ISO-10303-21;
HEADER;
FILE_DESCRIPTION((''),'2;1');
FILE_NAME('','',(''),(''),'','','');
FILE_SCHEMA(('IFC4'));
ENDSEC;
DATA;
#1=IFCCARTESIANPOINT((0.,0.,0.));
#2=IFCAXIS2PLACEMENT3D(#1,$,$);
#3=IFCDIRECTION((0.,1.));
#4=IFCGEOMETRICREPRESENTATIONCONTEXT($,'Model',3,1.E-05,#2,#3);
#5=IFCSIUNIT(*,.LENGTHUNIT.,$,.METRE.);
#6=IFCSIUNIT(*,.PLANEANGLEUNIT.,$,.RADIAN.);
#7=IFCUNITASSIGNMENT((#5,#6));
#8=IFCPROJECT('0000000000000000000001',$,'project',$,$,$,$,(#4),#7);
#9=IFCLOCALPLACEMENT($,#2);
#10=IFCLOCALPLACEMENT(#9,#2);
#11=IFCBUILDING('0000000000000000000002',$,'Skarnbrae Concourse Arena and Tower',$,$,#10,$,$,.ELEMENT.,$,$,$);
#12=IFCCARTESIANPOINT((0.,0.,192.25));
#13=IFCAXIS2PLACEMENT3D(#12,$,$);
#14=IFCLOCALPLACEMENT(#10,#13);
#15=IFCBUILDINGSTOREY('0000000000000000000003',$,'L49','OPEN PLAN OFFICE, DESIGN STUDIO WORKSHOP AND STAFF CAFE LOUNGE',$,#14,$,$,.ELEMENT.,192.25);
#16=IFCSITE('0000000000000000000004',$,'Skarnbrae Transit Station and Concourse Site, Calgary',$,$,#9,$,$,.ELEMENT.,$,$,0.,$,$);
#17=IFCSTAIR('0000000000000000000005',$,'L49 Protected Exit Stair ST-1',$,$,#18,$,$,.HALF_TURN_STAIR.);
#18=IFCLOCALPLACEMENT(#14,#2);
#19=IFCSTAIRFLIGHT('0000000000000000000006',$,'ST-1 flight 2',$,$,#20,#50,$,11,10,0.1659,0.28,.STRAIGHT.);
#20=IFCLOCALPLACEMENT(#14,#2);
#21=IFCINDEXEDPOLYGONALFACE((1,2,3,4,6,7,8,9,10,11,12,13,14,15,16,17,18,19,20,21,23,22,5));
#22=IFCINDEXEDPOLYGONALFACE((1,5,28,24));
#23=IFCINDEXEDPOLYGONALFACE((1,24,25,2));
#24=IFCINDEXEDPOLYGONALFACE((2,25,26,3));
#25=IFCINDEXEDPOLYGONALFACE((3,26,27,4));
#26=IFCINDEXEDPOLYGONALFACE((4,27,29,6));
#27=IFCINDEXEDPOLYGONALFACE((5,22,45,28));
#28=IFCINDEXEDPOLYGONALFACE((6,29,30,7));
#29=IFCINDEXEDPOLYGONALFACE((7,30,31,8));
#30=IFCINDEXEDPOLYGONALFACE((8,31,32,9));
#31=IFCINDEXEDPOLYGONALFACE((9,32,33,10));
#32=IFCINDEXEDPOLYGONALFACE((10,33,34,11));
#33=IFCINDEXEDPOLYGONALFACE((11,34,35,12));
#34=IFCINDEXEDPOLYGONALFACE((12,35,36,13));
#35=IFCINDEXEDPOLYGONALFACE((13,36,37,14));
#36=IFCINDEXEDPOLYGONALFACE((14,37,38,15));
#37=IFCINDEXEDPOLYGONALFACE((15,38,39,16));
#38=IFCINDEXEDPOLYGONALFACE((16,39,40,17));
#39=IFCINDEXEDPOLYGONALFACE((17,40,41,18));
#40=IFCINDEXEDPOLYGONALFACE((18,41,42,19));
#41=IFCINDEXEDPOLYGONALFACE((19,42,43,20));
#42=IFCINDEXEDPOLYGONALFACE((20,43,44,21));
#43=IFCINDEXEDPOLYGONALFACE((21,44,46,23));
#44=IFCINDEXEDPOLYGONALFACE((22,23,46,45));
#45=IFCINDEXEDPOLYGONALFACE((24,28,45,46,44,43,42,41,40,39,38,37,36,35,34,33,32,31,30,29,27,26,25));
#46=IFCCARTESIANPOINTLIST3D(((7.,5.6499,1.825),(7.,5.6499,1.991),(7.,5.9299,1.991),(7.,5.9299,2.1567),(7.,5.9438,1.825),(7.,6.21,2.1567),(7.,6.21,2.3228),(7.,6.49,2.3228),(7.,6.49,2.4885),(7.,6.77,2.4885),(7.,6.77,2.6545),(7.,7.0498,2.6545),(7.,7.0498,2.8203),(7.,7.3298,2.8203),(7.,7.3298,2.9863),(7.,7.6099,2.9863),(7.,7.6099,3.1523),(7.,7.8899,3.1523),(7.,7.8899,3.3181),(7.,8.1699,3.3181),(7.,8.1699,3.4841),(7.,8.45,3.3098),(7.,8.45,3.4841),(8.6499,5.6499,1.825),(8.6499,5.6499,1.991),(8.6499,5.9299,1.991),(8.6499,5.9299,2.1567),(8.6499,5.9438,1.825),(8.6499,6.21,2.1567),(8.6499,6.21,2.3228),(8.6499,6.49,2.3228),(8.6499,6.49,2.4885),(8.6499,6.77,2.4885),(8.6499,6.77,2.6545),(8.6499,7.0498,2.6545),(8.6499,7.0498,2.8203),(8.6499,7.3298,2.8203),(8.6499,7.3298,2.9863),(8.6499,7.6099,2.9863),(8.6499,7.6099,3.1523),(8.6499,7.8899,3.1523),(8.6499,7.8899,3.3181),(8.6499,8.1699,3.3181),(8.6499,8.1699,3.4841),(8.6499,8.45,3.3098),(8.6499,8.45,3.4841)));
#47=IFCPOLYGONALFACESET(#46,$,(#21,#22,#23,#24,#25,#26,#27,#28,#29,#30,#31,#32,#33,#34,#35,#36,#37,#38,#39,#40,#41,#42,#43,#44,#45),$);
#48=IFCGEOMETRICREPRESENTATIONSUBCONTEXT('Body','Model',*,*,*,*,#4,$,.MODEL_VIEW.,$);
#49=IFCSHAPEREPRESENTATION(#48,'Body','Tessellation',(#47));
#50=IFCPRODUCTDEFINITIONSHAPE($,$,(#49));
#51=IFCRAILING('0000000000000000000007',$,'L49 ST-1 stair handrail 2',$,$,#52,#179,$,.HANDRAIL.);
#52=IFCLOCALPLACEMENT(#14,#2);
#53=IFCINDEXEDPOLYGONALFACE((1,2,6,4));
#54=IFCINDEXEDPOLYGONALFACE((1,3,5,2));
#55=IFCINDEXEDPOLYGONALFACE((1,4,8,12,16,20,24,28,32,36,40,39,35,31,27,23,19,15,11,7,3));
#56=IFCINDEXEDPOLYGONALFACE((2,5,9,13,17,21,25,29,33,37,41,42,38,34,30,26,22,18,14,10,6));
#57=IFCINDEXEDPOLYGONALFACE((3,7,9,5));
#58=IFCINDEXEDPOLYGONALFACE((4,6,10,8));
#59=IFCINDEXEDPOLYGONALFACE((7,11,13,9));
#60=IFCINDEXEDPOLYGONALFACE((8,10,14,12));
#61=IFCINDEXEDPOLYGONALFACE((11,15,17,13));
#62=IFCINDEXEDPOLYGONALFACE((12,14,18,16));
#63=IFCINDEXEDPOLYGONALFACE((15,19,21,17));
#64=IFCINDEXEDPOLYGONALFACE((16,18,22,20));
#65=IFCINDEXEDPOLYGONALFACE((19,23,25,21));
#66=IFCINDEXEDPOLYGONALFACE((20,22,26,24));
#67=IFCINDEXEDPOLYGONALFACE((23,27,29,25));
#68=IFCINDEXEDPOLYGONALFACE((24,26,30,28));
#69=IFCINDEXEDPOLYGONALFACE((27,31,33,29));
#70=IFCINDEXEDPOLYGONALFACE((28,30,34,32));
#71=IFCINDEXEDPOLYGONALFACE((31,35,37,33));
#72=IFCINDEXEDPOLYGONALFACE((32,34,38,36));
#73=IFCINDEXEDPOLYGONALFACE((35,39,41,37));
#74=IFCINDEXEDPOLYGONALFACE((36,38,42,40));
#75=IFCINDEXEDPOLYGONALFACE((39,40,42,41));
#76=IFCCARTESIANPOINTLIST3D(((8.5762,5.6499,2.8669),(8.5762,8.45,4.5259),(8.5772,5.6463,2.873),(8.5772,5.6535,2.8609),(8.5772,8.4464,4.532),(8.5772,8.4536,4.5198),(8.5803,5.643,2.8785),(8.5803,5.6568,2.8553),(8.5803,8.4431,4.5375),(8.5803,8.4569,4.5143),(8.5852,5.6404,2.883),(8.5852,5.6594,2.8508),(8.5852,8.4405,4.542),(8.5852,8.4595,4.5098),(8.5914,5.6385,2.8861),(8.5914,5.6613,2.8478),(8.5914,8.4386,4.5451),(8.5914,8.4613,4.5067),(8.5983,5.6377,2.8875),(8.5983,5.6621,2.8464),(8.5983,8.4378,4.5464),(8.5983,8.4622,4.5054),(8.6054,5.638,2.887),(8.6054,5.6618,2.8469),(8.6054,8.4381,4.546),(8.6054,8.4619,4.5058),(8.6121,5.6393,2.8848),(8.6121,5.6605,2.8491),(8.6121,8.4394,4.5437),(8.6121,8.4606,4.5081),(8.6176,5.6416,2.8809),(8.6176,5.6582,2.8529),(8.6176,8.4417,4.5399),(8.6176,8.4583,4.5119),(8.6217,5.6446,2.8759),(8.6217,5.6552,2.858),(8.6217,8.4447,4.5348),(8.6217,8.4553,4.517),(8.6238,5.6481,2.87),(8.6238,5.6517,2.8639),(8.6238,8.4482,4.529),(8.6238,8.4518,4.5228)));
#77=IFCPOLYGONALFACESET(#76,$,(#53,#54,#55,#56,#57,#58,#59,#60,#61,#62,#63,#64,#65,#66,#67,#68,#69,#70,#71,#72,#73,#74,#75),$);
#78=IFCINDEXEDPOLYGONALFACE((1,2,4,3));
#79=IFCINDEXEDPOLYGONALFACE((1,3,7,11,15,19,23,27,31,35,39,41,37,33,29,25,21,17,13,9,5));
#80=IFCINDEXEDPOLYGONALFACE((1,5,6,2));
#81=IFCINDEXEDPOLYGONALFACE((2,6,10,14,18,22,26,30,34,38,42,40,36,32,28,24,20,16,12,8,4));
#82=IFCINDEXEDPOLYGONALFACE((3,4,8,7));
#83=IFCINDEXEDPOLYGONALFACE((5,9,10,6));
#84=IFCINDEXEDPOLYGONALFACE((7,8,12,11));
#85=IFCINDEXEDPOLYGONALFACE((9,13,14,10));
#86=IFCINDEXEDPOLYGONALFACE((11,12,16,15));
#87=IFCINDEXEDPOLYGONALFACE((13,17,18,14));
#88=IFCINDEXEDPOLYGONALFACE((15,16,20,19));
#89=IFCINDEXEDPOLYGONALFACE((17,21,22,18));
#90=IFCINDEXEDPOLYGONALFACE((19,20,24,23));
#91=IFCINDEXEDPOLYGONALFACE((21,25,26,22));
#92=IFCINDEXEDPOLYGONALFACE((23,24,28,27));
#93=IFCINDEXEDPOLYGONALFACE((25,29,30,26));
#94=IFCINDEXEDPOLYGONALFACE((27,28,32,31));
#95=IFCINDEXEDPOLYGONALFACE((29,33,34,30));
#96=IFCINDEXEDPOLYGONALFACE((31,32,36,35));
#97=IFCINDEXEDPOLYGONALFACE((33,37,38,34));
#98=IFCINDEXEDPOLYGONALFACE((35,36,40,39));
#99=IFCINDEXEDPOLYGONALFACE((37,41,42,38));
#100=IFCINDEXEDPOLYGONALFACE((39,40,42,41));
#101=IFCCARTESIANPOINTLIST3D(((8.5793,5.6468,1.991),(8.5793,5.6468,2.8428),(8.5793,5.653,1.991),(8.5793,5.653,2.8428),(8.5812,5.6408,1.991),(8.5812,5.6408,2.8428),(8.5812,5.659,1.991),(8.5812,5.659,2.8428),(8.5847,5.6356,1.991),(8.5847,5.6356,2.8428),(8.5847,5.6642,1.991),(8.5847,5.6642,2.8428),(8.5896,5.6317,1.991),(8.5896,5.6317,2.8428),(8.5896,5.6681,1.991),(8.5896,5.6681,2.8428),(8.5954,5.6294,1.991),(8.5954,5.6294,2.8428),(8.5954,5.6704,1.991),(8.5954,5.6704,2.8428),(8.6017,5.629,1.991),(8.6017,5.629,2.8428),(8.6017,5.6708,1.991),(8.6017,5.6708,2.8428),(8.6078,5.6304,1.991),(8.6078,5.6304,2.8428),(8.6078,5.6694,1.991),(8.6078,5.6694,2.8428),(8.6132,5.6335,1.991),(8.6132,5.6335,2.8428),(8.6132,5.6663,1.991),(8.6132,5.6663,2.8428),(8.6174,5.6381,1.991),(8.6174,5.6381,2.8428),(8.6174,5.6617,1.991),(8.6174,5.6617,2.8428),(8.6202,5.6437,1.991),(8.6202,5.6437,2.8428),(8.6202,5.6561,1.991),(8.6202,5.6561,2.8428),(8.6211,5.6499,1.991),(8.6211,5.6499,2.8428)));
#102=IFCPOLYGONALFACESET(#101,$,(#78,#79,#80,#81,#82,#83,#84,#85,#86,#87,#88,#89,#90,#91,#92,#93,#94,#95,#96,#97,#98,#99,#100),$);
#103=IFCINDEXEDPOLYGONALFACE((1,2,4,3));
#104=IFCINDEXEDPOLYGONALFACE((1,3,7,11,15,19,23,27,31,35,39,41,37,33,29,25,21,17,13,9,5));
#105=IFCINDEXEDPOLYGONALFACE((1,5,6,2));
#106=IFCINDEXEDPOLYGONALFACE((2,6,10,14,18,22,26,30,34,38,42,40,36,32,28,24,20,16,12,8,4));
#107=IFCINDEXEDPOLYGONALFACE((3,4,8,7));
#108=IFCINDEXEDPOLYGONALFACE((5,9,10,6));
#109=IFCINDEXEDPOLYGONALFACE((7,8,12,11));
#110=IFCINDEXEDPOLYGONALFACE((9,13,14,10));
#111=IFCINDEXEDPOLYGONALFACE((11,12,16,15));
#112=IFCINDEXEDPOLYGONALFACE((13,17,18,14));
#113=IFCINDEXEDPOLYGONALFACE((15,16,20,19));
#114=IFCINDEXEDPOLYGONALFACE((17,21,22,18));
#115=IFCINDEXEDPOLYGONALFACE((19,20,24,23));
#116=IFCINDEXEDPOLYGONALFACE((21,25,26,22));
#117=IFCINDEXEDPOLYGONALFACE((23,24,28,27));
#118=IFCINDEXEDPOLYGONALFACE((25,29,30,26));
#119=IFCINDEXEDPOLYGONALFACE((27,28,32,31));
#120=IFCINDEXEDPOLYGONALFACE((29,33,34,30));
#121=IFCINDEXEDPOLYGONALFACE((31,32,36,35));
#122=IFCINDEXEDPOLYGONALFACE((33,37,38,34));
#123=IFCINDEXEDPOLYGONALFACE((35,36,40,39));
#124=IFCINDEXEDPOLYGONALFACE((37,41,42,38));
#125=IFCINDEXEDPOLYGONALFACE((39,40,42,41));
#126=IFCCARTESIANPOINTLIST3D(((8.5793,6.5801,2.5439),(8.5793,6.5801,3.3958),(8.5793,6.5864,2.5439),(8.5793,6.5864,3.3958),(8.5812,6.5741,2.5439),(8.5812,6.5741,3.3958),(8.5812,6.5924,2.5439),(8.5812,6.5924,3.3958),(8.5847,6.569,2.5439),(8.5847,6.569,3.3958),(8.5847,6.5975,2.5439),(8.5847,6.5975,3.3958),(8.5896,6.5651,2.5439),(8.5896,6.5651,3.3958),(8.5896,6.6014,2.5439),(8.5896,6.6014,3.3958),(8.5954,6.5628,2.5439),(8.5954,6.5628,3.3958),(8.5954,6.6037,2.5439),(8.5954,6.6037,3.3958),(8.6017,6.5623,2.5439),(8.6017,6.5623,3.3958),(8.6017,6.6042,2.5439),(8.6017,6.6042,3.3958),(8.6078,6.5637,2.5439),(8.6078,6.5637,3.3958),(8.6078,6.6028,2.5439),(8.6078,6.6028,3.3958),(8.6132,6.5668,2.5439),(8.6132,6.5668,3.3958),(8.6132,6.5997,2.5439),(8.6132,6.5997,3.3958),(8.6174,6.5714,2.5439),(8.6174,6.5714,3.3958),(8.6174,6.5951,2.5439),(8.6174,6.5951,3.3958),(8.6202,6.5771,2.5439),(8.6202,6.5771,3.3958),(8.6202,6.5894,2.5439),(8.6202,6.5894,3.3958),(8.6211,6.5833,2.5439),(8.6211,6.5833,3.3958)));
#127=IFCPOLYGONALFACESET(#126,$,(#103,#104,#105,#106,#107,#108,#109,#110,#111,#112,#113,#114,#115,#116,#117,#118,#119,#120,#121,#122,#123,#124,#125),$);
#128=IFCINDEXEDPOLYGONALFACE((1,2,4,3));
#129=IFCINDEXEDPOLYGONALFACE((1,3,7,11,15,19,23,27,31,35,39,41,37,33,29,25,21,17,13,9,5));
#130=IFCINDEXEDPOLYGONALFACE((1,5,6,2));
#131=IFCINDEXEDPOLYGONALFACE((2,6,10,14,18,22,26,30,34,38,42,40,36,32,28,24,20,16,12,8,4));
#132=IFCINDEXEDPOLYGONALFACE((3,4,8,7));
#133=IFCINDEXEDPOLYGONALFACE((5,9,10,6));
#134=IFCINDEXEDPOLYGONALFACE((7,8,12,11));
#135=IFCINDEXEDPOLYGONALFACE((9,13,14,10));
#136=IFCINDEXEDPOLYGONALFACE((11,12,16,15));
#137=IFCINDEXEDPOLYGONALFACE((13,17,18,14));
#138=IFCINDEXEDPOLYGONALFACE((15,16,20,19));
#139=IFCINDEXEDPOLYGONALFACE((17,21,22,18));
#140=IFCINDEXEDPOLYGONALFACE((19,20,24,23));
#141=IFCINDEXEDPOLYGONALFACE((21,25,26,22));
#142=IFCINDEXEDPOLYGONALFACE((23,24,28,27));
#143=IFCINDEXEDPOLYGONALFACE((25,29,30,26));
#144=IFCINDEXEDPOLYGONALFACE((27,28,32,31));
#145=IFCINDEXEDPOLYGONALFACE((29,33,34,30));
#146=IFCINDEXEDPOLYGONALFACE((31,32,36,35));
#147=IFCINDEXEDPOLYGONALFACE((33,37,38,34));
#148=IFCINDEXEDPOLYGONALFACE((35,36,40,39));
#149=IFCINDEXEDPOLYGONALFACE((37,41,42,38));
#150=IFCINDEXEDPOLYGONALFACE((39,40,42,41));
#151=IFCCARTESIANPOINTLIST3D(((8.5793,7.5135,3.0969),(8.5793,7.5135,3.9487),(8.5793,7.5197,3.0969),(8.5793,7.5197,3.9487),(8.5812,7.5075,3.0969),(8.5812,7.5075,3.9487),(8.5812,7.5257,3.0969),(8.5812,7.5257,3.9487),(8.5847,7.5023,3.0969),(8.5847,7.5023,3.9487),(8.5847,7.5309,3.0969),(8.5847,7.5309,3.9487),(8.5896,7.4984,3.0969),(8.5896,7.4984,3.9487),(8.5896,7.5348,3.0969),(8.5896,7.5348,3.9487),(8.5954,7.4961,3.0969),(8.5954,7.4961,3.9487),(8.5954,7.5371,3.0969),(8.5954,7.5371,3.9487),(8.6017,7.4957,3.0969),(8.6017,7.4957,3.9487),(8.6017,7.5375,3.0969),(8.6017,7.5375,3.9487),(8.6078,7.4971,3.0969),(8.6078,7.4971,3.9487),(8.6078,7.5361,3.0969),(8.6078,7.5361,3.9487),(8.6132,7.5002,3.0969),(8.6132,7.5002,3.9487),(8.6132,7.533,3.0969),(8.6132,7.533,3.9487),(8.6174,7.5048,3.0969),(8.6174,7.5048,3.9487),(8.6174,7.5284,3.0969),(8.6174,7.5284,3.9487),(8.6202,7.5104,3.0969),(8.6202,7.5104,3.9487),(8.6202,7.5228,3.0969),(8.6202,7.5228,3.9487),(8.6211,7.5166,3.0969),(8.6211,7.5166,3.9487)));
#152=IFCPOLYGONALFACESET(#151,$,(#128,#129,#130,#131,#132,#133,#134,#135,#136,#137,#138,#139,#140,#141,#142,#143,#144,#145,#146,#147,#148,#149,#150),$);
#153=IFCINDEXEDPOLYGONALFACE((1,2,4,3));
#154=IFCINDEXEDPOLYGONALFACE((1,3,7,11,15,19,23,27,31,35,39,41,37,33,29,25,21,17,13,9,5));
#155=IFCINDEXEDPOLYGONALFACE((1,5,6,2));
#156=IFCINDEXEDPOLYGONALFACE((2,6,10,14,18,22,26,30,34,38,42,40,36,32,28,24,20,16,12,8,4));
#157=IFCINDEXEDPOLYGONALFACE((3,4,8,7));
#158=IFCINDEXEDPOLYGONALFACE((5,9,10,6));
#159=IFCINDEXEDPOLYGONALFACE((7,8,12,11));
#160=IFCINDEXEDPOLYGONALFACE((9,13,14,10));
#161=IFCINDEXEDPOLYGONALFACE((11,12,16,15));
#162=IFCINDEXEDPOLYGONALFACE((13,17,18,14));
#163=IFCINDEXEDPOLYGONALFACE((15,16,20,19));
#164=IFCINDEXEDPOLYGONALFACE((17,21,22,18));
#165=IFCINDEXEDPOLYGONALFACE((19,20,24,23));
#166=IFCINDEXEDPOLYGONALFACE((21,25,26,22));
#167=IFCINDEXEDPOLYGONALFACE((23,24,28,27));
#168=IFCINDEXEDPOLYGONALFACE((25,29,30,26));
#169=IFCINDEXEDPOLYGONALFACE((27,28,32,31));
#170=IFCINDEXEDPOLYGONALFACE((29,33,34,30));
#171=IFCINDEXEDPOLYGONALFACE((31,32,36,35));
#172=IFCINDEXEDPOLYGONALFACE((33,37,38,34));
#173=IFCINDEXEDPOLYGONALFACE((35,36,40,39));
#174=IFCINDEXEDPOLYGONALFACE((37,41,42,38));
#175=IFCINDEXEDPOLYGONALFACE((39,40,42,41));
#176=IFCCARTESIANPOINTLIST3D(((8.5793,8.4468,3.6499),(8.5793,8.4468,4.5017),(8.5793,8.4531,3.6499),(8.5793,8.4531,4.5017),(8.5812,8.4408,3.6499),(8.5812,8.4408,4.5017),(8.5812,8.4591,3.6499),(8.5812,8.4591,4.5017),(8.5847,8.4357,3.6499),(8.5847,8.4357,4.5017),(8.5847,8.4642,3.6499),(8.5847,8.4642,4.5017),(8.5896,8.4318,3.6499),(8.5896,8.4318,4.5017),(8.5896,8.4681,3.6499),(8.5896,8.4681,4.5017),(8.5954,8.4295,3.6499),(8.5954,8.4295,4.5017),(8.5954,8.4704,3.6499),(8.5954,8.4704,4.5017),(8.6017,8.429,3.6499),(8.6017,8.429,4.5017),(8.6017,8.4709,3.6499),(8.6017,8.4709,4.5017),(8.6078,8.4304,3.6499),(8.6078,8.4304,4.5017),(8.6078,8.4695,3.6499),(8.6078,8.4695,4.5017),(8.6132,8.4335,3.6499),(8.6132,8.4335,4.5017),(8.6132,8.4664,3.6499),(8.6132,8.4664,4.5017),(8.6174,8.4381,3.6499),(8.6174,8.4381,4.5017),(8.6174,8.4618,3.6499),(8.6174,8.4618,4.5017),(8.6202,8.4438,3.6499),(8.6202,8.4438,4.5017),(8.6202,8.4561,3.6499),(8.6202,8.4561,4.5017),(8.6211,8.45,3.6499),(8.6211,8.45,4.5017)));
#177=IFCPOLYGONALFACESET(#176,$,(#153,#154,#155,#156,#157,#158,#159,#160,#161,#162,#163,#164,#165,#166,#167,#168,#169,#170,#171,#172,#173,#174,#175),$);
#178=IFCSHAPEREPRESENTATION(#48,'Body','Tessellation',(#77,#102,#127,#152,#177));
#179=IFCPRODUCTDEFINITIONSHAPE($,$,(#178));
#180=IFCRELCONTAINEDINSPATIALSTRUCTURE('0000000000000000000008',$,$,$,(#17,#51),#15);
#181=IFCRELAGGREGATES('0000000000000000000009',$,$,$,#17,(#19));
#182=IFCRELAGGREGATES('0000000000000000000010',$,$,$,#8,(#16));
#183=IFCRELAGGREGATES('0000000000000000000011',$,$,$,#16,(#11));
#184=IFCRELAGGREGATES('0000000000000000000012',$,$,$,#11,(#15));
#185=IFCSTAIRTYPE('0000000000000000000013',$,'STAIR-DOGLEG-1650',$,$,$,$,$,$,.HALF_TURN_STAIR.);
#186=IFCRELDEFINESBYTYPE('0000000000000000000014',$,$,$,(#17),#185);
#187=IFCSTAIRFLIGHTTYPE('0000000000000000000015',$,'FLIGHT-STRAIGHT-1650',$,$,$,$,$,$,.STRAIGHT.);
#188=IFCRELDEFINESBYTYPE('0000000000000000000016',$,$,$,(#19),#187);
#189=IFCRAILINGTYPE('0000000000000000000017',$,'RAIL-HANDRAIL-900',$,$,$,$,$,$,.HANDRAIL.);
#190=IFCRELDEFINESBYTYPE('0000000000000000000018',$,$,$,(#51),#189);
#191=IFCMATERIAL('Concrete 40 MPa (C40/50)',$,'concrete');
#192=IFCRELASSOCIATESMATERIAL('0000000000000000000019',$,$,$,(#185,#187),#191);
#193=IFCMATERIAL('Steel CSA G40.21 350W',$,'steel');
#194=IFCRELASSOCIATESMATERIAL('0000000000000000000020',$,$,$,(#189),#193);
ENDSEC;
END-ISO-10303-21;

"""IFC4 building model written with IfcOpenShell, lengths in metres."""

from ifc_helpers import new_model, si_unit, direction, frame, origin, origin_2d, place, context, subcontext, project, spatial, polyline, circle, outline, extrude, source, transform, mapped, material, type_object, element, aggregate, save


model = new_model("IFC4")

# Units and contexts
model_context = context("Model", 3, precision=1e-05, world=origin(), true_north=direction((0.0, 1.0)))
body_context = subcontext(model_context, "Body", "Model", "MODEL_VIEW")
ifc_project = project(units=[si_unit("LENGTHUNIT", "METRE"), si_unit("PLANEANGLEUNIT", "RADIAN")], contexts=[model_context])

# Site, building, storey
site_placement = place(None, origin())
site = spatial("IfcSite", under=ifc_project, at=site_placement, Name="Skarnbrae Transit Station and Concourse Site, Calgary", CompositionType="ELEMENT", RefElevation=0.0)
building_placement = place(site_placement, origin())
building = spatial("IfcBuilding", under=site, at=building_placement, Name="Skarnbrae Concourse Arena and Tower", CompositionType="ELEMENT")
storey_placement = place(building_placement, frame((0.0, 0.0, 192.25)))
storey = spatial("IfcBuildingStorey", under=building, at=storey_placement, Name="L49", Description="OPEN PLAN OFFICE, DESIGN STUDIO WORKSHOP AND STAFF CAFE LOUNGE", CompositionType="ELEMENT", Elevation=192.25)

# Shared definitions
ifc_material_1 = material(Name="Steel CSA G40.21 350W", Category="steel")

# Stair, stair flight
ifc_material_2 = material(Name="Concrete 40 MPa (C40/50)", Category="concrete")
stair_type = type_object("IfcStairType", Name="STAIR-DOGLEG-1650", PredefinedType="HALF_TURN_STAIR", material=ifc_material_2)
stair_placement = place(storey_placement, origin())
stair = element("IfcStair", 1, at=stair_placement, inside=storey, type_object=stair_type, Name="L49 Protected Exit Stair ST-1", PredefinedType="HALF_TURN_STAIR")
stair_flight_type = type_object("IfcStairFlightType", Name="FLIGHT-STRAIGHT-1650", PredefinedType="STRAIGHT", material=ifc_material_2)
shared_shape_1 = source(origin(), body_context, "Body", "SweptSolid", [
    extrude(outline(polyline([(0.0, 0.0), (0.0, 0.166), (0.28, 0.166), (0.28, 0.3318), (0.5601, 0.3318), (0.5601, 0.4978), (0.8401, 0.4978), (0.8401, 0.6636), (1.1201, 0.6636), (1.1201, 0.8296), (1.3999, 0.8296), (1.3999, 0.9954), (1.6799, 0.9954), (1.6799, 1.1614), (1.96, 1.1614), (1.96, 1.3274), (2.24, 1.3274), (2.24, 1.4932), (2.52, 1.4932), (2.52, 1.6592), (2.8, 1.6592), (2.8, 1.825), (2.8, 1.4849), (0.2939, 0.0), (0.0, 0.0)])), frame((0.0, 0.825, 0.0), z_axis=(0.0, -1.0, 0.0), x_axis=(1.0, 0.0, 0.0)), (0.0, 0.0, 1.0), 1.6499),
])
stair_flight_placement = place(storey_placement, frame((7.825, 5.6499, 1.825), z_axis=(0.0, 0.0, 1.0), x_axis=(0.0, 1.0, 0.0)))
stair_flight = element("IfcStairFlight", 2, at=stair_flight_placement, type_object=stair_flight_type, Name="ST-1 flight 2", NumberOfRisers=11, NumberOfTreads=10, PredefinedType="STRAIGHT", RiserHeight=0.1659, TreadLength=0.28, context=body_context, shape_type="MappedRepresentation", body=[
    mapped(shared_shape_1, transform((0.0, 0.0, 0.0))),
])
aggregate(stair, [stair_flight])

# Railing
railing_type_1 = type_object("IfcRailingType", Name="RAIL-HANDRAIL-900", PredefinedType="HANDRAIL", material=ifc_material_1)
railing_1_placement = place(storey_placement, frame((8.6001, 5.6499, 1.991)))
element("IfcRailing", 3, at=railing_1_placement, inside=storey, type_object=railing_type_1, Name="L49 ST-1 stair handrail 2", PredefinedType="HANDRAIL", context=body_context, shape_type="SweptSolid", body=[
    extrude(circle(Radius=0.0239, at=origin_2d()), frame((0.0, 0.0, 0.876), z_axis=(0.0, 0.860339, 0.509722), x_axis=(-1.0, 0.0, 0.0)), (0.0, 0.0, 1.0), 3.2546),
    extrude(circle(Radius=0.021, at=origin_2d()), origin(), (0.0, 0.0, 1.0), 0.8518),
    extrude(circle(Radius=0.021, at=origin_2d()), frame((0.0, 0.9333, 0.553)), (0.0, 0.0, 1.0), 0.8518),
    extrude(circle(Radius=0.021, at=origin_2d()), frame((0.0, 1.8667, 1.106)), (0.0, 0.0, 1.0), 0.8518),
    extrude(circle(Radius=0.021, at=origin_2d()), frame((0.0, 2.8, 1.6589)), (0.0, 0.0, 1.0), 0.8518),
])

save(model, "model.ifc")
